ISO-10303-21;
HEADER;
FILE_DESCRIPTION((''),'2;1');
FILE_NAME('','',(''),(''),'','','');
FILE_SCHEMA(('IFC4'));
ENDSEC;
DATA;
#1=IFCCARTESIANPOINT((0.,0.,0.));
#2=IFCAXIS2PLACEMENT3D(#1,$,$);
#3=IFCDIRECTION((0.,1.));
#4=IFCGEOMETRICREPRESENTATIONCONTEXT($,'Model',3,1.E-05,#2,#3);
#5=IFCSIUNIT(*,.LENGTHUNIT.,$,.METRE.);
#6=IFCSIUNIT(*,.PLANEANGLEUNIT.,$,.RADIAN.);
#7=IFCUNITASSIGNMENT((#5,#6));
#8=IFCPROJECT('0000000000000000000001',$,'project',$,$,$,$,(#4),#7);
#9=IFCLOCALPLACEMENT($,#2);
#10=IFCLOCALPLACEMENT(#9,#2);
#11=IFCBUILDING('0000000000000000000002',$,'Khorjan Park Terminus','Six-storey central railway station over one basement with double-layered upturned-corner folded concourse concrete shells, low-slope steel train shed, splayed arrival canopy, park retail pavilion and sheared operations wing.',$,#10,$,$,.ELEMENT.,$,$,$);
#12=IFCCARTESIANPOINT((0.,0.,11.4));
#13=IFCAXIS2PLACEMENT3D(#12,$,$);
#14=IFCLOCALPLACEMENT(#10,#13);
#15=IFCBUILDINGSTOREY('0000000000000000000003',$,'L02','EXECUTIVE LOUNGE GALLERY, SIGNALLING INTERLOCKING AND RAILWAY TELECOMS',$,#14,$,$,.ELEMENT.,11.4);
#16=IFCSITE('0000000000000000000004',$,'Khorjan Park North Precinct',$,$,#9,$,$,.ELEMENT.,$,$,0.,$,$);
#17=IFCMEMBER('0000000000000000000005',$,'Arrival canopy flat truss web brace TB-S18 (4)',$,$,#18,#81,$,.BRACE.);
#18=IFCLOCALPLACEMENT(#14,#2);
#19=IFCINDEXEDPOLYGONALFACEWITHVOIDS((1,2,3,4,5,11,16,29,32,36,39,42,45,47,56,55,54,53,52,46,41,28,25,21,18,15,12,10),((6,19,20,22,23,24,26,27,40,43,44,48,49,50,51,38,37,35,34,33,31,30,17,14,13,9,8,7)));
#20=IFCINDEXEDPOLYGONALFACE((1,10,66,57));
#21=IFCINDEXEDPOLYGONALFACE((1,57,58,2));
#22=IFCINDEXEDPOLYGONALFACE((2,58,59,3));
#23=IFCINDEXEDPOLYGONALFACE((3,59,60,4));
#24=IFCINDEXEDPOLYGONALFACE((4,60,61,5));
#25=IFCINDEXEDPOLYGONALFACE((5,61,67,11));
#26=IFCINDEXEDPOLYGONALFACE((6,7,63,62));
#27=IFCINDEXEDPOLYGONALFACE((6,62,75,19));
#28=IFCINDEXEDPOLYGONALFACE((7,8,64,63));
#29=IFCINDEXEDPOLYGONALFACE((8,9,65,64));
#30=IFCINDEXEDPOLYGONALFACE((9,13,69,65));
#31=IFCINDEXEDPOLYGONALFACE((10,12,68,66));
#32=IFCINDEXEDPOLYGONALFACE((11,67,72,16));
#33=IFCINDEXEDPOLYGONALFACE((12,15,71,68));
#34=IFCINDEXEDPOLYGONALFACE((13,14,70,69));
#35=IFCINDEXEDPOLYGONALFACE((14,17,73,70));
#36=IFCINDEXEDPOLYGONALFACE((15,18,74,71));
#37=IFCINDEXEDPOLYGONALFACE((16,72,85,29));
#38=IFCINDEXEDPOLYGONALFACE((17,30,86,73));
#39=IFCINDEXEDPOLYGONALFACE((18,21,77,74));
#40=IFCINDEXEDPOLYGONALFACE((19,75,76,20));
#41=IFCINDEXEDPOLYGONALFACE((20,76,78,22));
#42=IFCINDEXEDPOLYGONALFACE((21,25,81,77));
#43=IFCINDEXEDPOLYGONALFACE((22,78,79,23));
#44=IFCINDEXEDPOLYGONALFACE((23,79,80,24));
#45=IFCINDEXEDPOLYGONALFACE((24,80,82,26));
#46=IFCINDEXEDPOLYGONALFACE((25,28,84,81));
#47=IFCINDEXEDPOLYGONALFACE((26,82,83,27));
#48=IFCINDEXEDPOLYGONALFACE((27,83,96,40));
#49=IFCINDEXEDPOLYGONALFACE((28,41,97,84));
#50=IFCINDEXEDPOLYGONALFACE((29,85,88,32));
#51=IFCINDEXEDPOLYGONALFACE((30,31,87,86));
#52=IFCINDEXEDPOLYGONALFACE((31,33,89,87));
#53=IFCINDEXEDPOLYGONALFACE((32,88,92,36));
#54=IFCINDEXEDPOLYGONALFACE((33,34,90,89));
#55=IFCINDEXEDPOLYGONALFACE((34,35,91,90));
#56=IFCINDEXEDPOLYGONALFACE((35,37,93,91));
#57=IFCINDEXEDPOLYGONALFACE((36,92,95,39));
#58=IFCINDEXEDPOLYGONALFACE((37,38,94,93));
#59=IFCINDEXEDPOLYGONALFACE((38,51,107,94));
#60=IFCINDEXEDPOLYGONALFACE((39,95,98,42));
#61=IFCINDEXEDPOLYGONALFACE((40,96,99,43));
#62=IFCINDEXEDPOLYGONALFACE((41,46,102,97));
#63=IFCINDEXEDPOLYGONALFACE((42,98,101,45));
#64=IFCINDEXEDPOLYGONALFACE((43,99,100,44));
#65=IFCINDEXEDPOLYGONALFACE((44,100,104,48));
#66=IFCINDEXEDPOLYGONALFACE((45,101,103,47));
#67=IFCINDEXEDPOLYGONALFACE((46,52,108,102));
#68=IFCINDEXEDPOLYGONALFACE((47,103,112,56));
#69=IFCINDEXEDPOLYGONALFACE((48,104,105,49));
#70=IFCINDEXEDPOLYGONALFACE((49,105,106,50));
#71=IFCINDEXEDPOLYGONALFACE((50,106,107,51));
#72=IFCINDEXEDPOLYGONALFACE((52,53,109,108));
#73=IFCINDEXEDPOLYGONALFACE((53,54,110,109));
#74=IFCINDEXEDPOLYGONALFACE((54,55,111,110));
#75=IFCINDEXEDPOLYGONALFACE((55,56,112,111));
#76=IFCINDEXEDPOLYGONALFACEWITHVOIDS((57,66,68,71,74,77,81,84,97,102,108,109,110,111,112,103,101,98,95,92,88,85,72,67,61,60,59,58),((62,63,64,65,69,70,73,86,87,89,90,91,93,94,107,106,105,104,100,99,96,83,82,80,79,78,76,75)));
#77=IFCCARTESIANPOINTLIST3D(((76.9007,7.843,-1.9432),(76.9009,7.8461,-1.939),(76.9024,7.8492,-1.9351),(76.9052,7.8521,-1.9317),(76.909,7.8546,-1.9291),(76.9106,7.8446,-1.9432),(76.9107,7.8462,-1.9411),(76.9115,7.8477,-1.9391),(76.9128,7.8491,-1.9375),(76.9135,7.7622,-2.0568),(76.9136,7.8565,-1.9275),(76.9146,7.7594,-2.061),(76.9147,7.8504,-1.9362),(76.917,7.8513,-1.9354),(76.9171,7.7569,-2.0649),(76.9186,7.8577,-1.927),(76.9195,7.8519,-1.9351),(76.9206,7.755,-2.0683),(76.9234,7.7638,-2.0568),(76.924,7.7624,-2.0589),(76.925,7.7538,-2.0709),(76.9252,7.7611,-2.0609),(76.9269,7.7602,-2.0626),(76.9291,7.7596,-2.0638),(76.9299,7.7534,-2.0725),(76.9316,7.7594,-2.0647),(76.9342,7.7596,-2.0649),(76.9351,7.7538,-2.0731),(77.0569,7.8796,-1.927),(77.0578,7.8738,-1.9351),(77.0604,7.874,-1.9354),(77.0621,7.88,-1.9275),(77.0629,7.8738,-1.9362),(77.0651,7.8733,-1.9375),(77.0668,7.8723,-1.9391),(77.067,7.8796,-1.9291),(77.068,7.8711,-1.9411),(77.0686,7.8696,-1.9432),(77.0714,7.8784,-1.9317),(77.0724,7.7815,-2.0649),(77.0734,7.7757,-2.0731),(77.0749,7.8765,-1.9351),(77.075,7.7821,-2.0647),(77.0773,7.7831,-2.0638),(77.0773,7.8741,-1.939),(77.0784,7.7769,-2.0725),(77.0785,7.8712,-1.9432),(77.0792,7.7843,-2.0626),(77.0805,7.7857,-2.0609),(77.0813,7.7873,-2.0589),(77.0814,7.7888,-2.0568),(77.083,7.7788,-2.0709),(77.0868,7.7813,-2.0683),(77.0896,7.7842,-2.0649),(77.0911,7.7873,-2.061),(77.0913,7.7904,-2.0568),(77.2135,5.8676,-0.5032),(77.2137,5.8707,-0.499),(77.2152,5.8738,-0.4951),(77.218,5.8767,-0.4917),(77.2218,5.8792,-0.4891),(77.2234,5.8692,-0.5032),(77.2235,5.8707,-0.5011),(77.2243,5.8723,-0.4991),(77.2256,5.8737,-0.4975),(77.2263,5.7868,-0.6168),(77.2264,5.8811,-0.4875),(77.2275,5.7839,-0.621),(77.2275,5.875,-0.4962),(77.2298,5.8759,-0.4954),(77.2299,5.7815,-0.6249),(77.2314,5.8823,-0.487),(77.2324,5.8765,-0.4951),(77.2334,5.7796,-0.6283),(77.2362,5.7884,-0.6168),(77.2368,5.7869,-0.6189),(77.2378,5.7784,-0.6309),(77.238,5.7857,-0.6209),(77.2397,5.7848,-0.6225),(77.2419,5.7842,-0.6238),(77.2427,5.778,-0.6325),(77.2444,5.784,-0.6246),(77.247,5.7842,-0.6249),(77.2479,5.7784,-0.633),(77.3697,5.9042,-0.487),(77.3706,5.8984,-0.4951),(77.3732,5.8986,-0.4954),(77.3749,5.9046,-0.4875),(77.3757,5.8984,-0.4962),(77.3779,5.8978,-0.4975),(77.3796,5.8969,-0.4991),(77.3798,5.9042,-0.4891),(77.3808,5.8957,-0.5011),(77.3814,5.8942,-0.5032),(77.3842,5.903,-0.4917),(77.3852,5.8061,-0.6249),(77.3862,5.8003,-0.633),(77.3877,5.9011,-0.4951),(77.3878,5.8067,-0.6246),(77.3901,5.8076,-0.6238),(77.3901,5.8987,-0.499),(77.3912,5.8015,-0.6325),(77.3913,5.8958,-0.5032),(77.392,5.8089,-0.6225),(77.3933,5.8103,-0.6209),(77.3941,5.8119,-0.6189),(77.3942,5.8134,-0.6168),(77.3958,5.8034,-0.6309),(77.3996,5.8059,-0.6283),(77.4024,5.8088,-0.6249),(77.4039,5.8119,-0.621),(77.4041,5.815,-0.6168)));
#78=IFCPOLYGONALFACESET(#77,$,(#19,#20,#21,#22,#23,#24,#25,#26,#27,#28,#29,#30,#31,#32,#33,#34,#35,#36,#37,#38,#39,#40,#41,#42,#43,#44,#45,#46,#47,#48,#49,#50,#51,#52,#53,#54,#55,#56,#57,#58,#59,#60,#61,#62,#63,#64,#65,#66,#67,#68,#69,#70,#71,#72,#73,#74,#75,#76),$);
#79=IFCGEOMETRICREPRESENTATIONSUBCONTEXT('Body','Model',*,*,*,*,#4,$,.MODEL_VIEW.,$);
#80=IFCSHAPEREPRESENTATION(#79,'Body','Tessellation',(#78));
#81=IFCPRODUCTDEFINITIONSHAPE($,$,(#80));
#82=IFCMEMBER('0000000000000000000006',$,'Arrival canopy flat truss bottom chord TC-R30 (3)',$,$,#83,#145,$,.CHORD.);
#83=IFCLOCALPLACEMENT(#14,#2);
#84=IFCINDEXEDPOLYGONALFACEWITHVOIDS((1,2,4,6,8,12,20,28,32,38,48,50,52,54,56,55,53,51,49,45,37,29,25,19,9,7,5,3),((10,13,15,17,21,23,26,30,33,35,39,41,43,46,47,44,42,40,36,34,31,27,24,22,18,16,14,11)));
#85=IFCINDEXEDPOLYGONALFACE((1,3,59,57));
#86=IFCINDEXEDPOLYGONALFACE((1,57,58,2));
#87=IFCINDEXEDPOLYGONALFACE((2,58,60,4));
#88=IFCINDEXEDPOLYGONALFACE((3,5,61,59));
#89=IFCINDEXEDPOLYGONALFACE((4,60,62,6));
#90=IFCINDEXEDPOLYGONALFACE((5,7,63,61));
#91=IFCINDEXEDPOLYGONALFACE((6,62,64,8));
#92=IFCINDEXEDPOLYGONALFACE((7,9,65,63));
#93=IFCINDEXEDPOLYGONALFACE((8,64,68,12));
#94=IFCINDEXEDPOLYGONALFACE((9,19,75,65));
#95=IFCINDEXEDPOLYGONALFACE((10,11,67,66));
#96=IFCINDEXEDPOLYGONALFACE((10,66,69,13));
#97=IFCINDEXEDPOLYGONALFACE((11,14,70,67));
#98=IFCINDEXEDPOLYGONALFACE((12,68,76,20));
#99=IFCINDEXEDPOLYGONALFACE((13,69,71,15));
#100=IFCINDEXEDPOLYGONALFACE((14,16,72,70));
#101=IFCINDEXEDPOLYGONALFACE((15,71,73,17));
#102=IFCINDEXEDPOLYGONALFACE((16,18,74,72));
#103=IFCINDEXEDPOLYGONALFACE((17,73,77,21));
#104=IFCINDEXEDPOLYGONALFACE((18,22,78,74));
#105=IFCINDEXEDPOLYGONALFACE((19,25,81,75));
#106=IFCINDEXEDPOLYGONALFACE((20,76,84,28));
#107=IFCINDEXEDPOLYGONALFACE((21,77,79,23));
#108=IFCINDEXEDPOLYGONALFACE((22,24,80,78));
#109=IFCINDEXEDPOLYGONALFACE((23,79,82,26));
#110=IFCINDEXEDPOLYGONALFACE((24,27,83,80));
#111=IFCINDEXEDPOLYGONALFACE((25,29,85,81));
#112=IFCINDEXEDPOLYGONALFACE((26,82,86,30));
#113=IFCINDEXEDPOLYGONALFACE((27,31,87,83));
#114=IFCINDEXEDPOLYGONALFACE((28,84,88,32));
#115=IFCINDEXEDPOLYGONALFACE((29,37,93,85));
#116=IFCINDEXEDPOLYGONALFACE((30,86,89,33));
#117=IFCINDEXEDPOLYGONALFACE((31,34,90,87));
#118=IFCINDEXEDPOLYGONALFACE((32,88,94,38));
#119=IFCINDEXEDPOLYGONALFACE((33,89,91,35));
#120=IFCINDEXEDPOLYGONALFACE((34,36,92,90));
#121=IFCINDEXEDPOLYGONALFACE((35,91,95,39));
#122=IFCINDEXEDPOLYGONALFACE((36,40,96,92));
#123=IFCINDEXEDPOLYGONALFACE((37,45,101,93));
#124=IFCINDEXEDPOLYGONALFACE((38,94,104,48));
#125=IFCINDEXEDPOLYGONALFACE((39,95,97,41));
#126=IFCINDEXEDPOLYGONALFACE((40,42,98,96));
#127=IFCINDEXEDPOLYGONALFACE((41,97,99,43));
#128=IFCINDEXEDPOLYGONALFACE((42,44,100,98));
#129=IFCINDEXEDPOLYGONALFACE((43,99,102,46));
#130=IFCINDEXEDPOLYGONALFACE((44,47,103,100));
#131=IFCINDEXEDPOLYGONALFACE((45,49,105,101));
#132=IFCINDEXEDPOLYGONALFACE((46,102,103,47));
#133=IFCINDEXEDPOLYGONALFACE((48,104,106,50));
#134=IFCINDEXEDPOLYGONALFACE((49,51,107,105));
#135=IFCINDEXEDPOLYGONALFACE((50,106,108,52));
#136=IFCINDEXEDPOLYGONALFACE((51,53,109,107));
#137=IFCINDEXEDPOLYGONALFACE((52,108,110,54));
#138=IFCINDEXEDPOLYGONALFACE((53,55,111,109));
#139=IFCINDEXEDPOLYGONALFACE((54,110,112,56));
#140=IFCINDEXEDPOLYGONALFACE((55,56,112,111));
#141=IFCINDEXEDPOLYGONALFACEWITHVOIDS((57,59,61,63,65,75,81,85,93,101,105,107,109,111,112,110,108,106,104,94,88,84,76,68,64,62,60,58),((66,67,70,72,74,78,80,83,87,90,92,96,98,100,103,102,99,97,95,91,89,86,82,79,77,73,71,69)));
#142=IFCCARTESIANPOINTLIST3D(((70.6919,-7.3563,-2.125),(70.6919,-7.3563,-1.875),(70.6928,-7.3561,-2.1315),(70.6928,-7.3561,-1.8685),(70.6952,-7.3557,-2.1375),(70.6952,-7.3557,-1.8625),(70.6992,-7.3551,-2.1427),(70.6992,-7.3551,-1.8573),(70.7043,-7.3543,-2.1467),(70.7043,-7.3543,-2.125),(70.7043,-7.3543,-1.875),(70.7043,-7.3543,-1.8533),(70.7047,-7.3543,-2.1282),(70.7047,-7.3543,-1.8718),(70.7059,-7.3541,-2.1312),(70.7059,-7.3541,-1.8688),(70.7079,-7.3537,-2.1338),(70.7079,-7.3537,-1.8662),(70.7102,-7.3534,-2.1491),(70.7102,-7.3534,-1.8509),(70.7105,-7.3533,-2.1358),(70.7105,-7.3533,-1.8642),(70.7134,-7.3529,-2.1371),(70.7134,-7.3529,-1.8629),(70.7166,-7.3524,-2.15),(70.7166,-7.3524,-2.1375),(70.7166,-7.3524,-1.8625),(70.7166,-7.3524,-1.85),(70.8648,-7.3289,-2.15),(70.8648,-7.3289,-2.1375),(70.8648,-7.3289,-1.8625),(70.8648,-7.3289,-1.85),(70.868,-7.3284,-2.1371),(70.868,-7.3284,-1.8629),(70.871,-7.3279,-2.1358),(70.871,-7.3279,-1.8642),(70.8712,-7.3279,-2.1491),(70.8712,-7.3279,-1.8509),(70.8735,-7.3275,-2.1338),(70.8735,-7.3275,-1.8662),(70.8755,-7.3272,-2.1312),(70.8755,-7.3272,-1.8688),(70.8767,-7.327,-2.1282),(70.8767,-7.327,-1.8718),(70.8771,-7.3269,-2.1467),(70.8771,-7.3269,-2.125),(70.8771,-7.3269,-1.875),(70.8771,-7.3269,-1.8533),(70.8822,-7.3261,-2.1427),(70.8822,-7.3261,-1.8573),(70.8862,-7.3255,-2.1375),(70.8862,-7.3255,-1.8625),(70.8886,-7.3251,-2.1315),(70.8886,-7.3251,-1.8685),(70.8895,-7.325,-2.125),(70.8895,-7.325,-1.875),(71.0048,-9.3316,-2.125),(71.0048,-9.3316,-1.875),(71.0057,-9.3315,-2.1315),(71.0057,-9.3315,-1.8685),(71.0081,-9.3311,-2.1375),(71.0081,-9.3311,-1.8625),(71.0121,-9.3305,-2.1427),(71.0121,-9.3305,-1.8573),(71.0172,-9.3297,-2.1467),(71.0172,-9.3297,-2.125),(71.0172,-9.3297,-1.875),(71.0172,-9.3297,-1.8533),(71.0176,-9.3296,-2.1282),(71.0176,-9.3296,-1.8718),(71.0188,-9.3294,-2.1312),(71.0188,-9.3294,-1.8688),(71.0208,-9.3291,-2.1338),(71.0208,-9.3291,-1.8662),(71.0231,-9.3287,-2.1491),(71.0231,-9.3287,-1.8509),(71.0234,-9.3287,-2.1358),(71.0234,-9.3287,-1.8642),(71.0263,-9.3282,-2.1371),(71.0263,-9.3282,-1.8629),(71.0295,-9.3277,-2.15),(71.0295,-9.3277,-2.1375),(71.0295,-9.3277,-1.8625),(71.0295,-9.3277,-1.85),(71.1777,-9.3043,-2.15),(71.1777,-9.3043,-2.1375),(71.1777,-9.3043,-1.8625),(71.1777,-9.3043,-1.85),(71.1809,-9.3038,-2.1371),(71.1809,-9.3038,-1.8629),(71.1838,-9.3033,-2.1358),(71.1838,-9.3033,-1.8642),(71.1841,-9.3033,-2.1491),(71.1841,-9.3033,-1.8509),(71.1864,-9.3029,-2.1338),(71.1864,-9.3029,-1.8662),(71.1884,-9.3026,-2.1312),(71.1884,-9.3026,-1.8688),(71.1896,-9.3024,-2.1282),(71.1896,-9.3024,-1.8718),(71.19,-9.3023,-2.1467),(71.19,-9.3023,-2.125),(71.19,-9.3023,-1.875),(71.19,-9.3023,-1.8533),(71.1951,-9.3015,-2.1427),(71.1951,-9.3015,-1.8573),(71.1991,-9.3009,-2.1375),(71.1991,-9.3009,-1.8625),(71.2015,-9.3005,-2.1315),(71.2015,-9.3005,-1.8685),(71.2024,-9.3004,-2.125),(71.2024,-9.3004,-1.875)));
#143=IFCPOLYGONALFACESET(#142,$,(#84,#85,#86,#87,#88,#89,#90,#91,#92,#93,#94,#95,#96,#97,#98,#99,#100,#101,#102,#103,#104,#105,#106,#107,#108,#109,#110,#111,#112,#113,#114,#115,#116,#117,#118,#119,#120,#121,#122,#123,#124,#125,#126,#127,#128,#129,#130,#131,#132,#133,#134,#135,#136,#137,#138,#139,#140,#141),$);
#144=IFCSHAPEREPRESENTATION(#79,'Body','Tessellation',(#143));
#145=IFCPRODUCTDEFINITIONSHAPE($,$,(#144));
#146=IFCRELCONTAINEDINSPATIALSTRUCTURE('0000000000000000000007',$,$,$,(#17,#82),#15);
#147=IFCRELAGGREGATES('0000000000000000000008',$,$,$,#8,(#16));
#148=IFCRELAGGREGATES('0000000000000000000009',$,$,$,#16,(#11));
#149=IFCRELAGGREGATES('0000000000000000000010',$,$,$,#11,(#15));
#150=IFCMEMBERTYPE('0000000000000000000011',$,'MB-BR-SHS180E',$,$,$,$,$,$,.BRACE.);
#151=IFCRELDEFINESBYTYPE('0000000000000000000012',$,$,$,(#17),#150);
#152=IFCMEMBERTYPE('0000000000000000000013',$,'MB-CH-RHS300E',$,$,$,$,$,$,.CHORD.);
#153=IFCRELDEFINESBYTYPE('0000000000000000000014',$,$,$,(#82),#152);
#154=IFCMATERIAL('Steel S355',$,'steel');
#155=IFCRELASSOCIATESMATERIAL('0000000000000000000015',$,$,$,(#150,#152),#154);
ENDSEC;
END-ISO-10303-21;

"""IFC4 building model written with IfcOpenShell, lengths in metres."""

from ifc_helpers import new_model, si_unit, direction, frame, origin, origin_2d, place, context, subcontext, project, spatial, hollow_rectangle, extrude, material, material_profile, profile_set, type_object, element, save


model = new_model("IFC4")

# Units and contexts
model_context = context("Model", 3, precision=1e-05, world=origin(), true_north=direction((0.0, 1.0)))
body_context = subcontext(model_context, "Body", "Model", "MODEL_VIEW")
ifc_project = project(units=[si_unit("LENGTHUNIT", "METRE"), si_unit("PLANEANGLEUNIT", "RADIAN")], contexts=[model_context])

# Site, building, storey
site_placement = place(None, origin())
site = spatial("IfcSite", under=ifc_project, at=site_placement, Name="Khorjan Park North Precinct", CompositionType="ELEMENT", RefElevation=0.0)
building_placement = place(site_placement, origin())
building = spatial("IfcBuilding", under=site, at=building_placement, Name="Khorjan Park Terminus", Description="Six-storey central railway station over one basement with double-layered upturned-corner folded concourse concrete shells, low-slope steel train shed, splayed arrival canopy, park retail pavilion and sheared operations wing.", CompositionType="ELEMENT")
storey_placement = place(building_placement, frame((0.0, 0.0, 11.4)))
storey = spatial("IfcBuildingStorey", under=building, at=storey_placement, Name="L02", Description="EXECUTIVE LOUNGE GALLERY, SIGNALLING INTERLOCKING AND RAILWAY TELECOMS", CompositionType="ELEMENT", Elevation=11.4)

# Members
ifc_material = material(Name="Steel S355", Category="steel")
ifc_material_profile_1 = material_profile(ifc_material, hollow_rectangle(XDim=0.18, YDim=0.18, WallThickness=0.01, InnerFilletRadius=0.01, OuterFilletRadius=0.02, at=origin_2d()), Name="SHS 180x180x10")
ifc_profile_set_1 = profile_set([ifc_material_profile_1], Name="Steel S355")
member_type_1 = type_object("IfcMemberType", Name="MB-BR-SHS180E", PredefinedType="BRACE", material=ifc_profile_set_1)
member_1_placement = place(storey_placement, frame((77.3088, 5.8413, -0.56), z_axis=(-0.126923, 0.801549, -0.584302), x_axis=(-0.987694, -0.156399, 0.0)))
element("IfcMember", 1, at=member_1_placement, inside=storey, type_object=member_type_1, Name="Arrival canopy flat truss web brace TB-S18 (4)", PredefinedType="BRACE", context=body_context, shape_type="SweptSolid", body=[
    extrude(hollow_rectangle(XDim=0.18, YDim=0.18, WallThickness=0.01, InnerFilletRadius=0.01, OuterFilletRadius=0.02, at=origin_2d()), origin(), (0.0, 0.0, 1.0), 2.4645),
])
ifc_material_profile_2 = material_profile(ifc_material, hollow_rectangle(XDim=0.2, YDim=0.3, WallThickness=0.0125, InnerFilletRadius=0.0125, OuterFilletRadius=0.025, at=origin_2d()), Name="RHS 300x200x12.5")
ifc_profile_set_2 = profile_set([ifc_material_profile_2], Name="Steel S355")
member_type_2 = type_object("IfcMemberType", Name="MB-CH-RHS300E", PredefinedType="CHORD", material=ifc_profile_set_2)
for number, where, z_axis, x_axis, name in (
    (2, (71.1036, -9.316, -2.0), (-0.156448, 0.987686, 0.0), (-0.987686, -0.156448, 0.0), "Arrival canopy flat truss bottom chord TC-R30 (3)"),
):
    element("IfcMember", number, at=place(storey_placement, frame(where, z_axis=z_axis, x_axis=x_axis)), inside=storey, type_object=member_type_2, Name=name, PredefinedType="CHORD", context=body_context, shape_type="SweptSolid", body=[
        extrude(hollow_rectangle(XDim=0.2, YDim=0.3, WallThickness=0.0125, InnerFilletRadius=0.0125, OuterFilletRadius=0.025, at=origin_2d()), origin(), (0.0, 0.0, 1.0), 2.0),
    ])

save(model, "model.ifc")
